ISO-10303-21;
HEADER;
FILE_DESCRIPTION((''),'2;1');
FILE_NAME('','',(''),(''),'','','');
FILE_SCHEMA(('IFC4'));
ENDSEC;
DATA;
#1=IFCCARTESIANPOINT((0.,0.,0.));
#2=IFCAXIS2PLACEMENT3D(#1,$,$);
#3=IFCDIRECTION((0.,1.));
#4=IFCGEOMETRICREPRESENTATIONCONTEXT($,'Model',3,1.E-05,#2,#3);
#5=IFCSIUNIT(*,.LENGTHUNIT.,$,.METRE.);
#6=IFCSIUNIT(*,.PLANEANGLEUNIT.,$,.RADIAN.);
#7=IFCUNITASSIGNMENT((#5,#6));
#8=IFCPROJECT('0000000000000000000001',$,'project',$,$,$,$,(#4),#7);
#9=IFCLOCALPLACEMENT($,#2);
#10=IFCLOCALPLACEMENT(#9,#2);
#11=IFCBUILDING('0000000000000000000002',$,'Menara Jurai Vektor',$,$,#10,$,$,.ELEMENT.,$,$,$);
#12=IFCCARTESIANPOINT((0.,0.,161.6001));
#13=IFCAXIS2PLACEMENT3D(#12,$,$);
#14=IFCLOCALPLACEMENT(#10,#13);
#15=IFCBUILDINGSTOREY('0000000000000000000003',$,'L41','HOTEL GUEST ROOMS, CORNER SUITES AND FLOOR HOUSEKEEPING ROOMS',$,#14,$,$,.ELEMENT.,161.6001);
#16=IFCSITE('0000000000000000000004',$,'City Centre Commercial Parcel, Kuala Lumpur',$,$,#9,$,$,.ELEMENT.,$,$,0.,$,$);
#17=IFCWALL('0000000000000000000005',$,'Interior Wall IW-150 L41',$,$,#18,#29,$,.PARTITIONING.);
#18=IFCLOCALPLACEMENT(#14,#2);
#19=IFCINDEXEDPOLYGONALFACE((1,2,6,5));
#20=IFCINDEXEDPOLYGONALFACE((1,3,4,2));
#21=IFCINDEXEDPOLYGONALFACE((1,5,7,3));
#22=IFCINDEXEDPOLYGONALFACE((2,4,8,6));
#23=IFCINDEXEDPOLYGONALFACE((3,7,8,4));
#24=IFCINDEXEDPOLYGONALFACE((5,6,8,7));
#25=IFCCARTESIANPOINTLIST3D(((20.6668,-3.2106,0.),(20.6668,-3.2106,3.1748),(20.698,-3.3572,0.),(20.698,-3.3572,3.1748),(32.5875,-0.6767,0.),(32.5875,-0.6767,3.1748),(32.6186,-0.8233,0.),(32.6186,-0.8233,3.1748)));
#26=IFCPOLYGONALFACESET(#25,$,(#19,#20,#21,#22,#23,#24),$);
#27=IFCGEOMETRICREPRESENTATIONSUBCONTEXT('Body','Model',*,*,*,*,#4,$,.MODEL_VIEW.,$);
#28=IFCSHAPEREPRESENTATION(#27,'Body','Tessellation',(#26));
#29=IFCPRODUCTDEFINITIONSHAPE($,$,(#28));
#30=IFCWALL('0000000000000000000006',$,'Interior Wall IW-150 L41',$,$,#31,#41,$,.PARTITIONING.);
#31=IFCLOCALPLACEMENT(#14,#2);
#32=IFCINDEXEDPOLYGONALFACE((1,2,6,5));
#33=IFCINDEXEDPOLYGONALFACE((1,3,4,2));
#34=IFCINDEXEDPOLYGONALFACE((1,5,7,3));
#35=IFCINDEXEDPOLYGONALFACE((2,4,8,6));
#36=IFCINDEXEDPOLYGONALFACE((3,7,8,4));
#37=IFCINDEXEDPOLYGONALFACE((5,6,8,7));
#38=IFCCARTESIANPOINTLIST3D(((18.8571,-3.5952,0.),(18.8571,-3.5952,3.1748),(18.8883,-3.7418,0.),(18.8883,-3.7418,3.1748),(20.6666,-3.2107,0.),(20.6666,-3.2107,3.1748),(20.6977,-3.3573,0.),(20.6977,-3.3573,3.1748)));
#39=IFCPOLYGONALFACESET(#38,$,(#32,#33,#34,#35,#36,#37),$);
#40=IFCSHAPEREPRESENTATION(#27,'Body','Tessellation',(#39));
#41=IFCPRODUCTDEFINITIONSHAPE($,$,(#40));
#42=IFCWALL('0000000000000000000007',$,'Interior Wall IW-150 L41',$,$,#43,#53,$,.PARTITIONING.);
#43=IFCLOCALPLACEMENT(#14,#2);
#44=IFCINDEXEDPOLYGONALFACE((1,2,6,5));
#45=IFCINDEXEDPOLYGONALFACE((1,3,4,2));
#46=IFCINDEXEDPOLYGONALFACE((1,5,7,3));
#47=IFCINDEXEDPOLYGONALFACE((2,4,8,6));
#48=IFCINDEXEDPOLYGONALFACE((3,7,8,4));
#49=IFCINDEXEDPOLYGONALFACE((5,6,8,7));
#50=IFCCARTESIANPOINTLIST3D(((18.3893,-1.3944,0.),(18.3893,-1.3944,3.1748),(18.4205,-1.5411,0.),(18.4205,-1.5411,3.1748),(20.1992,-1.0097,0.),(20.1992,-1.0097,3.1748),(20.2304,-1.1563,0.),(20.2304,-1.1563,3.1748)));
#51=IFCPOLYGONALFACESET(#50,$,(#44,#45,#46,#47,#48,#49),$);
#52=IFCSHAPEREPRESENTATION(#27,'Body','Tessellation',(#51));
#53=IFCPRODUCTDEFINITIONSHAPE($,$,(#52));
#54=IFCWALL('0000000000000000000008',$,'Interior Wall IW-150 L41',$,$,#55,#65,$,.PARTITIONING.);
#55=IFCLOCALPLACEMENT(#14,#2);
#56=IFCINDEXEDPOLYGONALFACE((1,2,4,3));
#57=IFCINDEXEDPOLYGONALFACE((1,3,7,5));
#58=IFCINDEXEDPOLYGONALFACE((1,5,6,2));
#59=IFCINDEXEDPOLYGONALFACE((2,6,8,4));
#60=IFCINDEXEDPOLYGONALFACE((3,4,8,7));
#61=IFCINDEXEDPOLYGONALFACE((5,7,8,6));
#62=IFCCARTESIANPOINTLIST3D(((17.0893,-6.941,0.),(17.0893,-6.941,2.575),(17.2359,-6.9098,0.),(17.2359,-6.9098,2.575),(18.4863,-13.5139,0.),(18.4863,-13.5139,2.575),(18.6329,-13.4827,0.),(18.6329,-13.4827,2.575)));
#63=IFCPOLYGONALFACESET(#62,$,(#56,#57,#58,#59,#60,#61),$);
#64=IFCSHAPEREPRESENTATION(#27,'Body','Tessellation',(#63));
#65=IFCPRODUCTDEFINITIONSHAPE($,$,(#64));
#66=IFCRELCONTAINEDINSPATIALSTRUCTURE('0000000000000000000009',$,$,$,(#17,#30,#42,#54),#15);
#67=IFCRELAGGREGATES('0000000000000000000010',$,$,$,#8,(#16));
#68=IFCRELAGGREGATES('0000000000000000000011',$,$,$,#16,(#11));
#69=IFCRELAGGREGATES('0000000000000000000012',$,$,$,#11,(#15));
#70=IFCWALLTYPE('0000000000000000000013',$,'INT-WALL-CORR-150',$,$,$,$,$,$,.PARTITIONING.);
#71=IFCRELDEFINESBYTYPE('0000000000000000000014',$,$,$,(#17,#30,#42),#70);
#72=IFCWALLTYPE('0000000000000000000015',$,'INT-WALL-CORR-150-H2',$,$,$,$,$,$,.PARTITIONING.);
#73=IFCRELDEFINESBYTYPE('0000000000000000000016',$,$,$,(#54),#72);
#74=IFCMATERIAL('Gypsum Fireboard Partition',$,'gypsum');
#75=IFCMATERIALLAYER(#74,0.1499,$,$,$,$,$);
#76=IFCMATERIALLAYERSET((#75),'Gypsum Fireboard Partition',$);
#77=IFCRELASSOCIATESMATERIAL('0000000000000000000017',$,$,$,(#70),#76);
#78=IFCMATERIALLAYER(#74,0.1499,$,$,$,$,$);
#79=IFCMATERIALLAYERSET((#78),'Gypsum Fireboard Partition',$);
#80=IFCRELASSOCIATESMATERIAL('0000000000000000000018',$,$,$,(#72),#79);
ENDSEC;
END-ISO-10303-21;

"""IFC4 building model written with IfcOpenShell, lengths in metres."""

from ifc_helpers import new_model, si_unit, direction, frame, frame_2d, origin, place, context, subcontext, project, spatial, rectangle, extrude, material, layer, layer_set, type_object, element, save


model = new_model("IFC4")

# Units and contexts
model_context = context("Model", 3, precision=1e-05, world=origin(), true_north=direction((0.0, 1.0)))
body_context = subcontext(model_context, "Body", "Model", "MODEL_VIEW")
ifc_project = project(units=[si_unit("LENGTHUNIT", "METRE"), si_unit("PLANEANGLEUNIT", "RADIAN")], contexts=[model_context])

# Site, building, storey
site_placement = place(None, origin())
site = spatial("IfcSite", under=ifc_project, at=site_placement, Name="City Centre Commercial Parcel, Kuala Lumpur", CompositionType="ELEMENT", RefElevation=0.0)
building_placement = place(site_placement, origin())
building = spatial("IfcBuilding", under=site, at=building_placement, Name="Menara Jurai Vektor", CompositionType="ELEMENT")
storey_placement = place(building_placement, frame((0.0, 0.0, 161.6001)))
storey = spatial("IfcBuildingStorey", under=building, at=storey_placement, Name="L41", Description="HOTEL GUEST ROOMS, CORNER SUITES AND FLOOR HOUSEKEEPING ROOMS", CompositionType="ELEMENT", Elevation=161.6001)

# Shared definitions
ifc_material_1 = material(Name="Gypsum Fireboard Partition", Category="gypsum")
ifc_layer_1 = layer(ifc_material_1, 0.1499)
ifc_layer_set_1 = layer_set([ifc_layer_1], Name="Gypsum Fireboard Partition")
wall_type_1 = type_object("IfcWallType", Name="INT-WALL-CORR-150", PredefinedType="PARTITIONING", material=ifc_layer_set_1)

# Walls
wall_1_placement = place(storey_placement, frame((20.6824, -3.2839, 0.0), z_axis=(0.0, 0.0, 1.0), x_axis=(0.978146, 0.207921, 0.0)))
element("IfcWall", 1, at=wall_1_placement, inside=storey, type_object=wall_type_1, Name="Interior Wall IW-150 L41", PredefinedType="PARTITIONING", context=body_context, shape_type="SweptSolid", body=[
    extrude(rectangle(XDim=12.187, YDim=0.1499, at=frame_2d((6.0935, 0.0))), origin(), (0.0, 0.0, 1.0), 3.1748),
])
wall_2_placement = place(storey_placement, frame((18.8728, -3.6685, 0.0), z_axis=(0.0, 0.0, 1.0), x_axis=(0.97816, 0.207852, 0.0)))
element("IfcWall", 2, at=wall_2_placement, inside=storey, type_object=wall_type_1, Name="Interior Wall IW-150 L41", PredefinedType="PARTITIONING", context=body_context, shape_type="SweptSolid", body=[
    extrude(rectangle(XDim=1.8499, YDim=0.1499, at=frame_2d((0.9248, 0.0))), origin(), (0.0, 0.0, 1.0), 3.1748),
])
wall_3_placement = place(storey_placement, frame((18.4048, -1.4678, 0.0), z_axis=(0.0, 0.0, 1.0), x_axis=(0.978139, 0.207952, 0.0)))
element("IfcWall", 3, at=wall_3_placement, inside=storey, type_object=wall_type_1, Name="Interior Wall IW-150 L41", PredefinedType="PARTITIONING", context=body_context, shape_type="SweptSolid", body=[
    extrude(rectangle(XDim=1.8503, YDim=0.1499, at=frame_2d((0.9253, 0.0))), origin(), (0.0, 0.0, 1.0), 3.1748),
])

# Wall
ifc_layer_2 = layer(ifc_material_1, 0.1499)
ifc_layer_set_2 = layer_set([ifc_layer_2], Name="Gypsum Fireboard Partition")
wall_type_2 = type_object("IfcWallType", Name="INT-WALL-CORR-150-H2", PredefinedType="PARTITIONING", material=ifc_layer_set_2)
wall_4_placement = place(storey_placement, frame((18.5596, -13.4983, 0.0), z_axis=(0.0, 0.0, 1.0), x_axis=(-0.207889, 0.978152, 0.0)))
element("IfcWall", 4, at=wall_4_placement, inside=storey, type_object=wall_type_2, Name="Interior Wall IW-150 L41", PredefinedType="PARTITIONING", context=body_context, shape_type="SweptSolid", body=[
    extrude(rectangle(XDim=6.7197, YDim=0.1499, at=frame_2d((3.3599, 0.0))), origin(), (0.0, 0.0, 1.0), 2.575),
])

save(model, "model.ifc")
